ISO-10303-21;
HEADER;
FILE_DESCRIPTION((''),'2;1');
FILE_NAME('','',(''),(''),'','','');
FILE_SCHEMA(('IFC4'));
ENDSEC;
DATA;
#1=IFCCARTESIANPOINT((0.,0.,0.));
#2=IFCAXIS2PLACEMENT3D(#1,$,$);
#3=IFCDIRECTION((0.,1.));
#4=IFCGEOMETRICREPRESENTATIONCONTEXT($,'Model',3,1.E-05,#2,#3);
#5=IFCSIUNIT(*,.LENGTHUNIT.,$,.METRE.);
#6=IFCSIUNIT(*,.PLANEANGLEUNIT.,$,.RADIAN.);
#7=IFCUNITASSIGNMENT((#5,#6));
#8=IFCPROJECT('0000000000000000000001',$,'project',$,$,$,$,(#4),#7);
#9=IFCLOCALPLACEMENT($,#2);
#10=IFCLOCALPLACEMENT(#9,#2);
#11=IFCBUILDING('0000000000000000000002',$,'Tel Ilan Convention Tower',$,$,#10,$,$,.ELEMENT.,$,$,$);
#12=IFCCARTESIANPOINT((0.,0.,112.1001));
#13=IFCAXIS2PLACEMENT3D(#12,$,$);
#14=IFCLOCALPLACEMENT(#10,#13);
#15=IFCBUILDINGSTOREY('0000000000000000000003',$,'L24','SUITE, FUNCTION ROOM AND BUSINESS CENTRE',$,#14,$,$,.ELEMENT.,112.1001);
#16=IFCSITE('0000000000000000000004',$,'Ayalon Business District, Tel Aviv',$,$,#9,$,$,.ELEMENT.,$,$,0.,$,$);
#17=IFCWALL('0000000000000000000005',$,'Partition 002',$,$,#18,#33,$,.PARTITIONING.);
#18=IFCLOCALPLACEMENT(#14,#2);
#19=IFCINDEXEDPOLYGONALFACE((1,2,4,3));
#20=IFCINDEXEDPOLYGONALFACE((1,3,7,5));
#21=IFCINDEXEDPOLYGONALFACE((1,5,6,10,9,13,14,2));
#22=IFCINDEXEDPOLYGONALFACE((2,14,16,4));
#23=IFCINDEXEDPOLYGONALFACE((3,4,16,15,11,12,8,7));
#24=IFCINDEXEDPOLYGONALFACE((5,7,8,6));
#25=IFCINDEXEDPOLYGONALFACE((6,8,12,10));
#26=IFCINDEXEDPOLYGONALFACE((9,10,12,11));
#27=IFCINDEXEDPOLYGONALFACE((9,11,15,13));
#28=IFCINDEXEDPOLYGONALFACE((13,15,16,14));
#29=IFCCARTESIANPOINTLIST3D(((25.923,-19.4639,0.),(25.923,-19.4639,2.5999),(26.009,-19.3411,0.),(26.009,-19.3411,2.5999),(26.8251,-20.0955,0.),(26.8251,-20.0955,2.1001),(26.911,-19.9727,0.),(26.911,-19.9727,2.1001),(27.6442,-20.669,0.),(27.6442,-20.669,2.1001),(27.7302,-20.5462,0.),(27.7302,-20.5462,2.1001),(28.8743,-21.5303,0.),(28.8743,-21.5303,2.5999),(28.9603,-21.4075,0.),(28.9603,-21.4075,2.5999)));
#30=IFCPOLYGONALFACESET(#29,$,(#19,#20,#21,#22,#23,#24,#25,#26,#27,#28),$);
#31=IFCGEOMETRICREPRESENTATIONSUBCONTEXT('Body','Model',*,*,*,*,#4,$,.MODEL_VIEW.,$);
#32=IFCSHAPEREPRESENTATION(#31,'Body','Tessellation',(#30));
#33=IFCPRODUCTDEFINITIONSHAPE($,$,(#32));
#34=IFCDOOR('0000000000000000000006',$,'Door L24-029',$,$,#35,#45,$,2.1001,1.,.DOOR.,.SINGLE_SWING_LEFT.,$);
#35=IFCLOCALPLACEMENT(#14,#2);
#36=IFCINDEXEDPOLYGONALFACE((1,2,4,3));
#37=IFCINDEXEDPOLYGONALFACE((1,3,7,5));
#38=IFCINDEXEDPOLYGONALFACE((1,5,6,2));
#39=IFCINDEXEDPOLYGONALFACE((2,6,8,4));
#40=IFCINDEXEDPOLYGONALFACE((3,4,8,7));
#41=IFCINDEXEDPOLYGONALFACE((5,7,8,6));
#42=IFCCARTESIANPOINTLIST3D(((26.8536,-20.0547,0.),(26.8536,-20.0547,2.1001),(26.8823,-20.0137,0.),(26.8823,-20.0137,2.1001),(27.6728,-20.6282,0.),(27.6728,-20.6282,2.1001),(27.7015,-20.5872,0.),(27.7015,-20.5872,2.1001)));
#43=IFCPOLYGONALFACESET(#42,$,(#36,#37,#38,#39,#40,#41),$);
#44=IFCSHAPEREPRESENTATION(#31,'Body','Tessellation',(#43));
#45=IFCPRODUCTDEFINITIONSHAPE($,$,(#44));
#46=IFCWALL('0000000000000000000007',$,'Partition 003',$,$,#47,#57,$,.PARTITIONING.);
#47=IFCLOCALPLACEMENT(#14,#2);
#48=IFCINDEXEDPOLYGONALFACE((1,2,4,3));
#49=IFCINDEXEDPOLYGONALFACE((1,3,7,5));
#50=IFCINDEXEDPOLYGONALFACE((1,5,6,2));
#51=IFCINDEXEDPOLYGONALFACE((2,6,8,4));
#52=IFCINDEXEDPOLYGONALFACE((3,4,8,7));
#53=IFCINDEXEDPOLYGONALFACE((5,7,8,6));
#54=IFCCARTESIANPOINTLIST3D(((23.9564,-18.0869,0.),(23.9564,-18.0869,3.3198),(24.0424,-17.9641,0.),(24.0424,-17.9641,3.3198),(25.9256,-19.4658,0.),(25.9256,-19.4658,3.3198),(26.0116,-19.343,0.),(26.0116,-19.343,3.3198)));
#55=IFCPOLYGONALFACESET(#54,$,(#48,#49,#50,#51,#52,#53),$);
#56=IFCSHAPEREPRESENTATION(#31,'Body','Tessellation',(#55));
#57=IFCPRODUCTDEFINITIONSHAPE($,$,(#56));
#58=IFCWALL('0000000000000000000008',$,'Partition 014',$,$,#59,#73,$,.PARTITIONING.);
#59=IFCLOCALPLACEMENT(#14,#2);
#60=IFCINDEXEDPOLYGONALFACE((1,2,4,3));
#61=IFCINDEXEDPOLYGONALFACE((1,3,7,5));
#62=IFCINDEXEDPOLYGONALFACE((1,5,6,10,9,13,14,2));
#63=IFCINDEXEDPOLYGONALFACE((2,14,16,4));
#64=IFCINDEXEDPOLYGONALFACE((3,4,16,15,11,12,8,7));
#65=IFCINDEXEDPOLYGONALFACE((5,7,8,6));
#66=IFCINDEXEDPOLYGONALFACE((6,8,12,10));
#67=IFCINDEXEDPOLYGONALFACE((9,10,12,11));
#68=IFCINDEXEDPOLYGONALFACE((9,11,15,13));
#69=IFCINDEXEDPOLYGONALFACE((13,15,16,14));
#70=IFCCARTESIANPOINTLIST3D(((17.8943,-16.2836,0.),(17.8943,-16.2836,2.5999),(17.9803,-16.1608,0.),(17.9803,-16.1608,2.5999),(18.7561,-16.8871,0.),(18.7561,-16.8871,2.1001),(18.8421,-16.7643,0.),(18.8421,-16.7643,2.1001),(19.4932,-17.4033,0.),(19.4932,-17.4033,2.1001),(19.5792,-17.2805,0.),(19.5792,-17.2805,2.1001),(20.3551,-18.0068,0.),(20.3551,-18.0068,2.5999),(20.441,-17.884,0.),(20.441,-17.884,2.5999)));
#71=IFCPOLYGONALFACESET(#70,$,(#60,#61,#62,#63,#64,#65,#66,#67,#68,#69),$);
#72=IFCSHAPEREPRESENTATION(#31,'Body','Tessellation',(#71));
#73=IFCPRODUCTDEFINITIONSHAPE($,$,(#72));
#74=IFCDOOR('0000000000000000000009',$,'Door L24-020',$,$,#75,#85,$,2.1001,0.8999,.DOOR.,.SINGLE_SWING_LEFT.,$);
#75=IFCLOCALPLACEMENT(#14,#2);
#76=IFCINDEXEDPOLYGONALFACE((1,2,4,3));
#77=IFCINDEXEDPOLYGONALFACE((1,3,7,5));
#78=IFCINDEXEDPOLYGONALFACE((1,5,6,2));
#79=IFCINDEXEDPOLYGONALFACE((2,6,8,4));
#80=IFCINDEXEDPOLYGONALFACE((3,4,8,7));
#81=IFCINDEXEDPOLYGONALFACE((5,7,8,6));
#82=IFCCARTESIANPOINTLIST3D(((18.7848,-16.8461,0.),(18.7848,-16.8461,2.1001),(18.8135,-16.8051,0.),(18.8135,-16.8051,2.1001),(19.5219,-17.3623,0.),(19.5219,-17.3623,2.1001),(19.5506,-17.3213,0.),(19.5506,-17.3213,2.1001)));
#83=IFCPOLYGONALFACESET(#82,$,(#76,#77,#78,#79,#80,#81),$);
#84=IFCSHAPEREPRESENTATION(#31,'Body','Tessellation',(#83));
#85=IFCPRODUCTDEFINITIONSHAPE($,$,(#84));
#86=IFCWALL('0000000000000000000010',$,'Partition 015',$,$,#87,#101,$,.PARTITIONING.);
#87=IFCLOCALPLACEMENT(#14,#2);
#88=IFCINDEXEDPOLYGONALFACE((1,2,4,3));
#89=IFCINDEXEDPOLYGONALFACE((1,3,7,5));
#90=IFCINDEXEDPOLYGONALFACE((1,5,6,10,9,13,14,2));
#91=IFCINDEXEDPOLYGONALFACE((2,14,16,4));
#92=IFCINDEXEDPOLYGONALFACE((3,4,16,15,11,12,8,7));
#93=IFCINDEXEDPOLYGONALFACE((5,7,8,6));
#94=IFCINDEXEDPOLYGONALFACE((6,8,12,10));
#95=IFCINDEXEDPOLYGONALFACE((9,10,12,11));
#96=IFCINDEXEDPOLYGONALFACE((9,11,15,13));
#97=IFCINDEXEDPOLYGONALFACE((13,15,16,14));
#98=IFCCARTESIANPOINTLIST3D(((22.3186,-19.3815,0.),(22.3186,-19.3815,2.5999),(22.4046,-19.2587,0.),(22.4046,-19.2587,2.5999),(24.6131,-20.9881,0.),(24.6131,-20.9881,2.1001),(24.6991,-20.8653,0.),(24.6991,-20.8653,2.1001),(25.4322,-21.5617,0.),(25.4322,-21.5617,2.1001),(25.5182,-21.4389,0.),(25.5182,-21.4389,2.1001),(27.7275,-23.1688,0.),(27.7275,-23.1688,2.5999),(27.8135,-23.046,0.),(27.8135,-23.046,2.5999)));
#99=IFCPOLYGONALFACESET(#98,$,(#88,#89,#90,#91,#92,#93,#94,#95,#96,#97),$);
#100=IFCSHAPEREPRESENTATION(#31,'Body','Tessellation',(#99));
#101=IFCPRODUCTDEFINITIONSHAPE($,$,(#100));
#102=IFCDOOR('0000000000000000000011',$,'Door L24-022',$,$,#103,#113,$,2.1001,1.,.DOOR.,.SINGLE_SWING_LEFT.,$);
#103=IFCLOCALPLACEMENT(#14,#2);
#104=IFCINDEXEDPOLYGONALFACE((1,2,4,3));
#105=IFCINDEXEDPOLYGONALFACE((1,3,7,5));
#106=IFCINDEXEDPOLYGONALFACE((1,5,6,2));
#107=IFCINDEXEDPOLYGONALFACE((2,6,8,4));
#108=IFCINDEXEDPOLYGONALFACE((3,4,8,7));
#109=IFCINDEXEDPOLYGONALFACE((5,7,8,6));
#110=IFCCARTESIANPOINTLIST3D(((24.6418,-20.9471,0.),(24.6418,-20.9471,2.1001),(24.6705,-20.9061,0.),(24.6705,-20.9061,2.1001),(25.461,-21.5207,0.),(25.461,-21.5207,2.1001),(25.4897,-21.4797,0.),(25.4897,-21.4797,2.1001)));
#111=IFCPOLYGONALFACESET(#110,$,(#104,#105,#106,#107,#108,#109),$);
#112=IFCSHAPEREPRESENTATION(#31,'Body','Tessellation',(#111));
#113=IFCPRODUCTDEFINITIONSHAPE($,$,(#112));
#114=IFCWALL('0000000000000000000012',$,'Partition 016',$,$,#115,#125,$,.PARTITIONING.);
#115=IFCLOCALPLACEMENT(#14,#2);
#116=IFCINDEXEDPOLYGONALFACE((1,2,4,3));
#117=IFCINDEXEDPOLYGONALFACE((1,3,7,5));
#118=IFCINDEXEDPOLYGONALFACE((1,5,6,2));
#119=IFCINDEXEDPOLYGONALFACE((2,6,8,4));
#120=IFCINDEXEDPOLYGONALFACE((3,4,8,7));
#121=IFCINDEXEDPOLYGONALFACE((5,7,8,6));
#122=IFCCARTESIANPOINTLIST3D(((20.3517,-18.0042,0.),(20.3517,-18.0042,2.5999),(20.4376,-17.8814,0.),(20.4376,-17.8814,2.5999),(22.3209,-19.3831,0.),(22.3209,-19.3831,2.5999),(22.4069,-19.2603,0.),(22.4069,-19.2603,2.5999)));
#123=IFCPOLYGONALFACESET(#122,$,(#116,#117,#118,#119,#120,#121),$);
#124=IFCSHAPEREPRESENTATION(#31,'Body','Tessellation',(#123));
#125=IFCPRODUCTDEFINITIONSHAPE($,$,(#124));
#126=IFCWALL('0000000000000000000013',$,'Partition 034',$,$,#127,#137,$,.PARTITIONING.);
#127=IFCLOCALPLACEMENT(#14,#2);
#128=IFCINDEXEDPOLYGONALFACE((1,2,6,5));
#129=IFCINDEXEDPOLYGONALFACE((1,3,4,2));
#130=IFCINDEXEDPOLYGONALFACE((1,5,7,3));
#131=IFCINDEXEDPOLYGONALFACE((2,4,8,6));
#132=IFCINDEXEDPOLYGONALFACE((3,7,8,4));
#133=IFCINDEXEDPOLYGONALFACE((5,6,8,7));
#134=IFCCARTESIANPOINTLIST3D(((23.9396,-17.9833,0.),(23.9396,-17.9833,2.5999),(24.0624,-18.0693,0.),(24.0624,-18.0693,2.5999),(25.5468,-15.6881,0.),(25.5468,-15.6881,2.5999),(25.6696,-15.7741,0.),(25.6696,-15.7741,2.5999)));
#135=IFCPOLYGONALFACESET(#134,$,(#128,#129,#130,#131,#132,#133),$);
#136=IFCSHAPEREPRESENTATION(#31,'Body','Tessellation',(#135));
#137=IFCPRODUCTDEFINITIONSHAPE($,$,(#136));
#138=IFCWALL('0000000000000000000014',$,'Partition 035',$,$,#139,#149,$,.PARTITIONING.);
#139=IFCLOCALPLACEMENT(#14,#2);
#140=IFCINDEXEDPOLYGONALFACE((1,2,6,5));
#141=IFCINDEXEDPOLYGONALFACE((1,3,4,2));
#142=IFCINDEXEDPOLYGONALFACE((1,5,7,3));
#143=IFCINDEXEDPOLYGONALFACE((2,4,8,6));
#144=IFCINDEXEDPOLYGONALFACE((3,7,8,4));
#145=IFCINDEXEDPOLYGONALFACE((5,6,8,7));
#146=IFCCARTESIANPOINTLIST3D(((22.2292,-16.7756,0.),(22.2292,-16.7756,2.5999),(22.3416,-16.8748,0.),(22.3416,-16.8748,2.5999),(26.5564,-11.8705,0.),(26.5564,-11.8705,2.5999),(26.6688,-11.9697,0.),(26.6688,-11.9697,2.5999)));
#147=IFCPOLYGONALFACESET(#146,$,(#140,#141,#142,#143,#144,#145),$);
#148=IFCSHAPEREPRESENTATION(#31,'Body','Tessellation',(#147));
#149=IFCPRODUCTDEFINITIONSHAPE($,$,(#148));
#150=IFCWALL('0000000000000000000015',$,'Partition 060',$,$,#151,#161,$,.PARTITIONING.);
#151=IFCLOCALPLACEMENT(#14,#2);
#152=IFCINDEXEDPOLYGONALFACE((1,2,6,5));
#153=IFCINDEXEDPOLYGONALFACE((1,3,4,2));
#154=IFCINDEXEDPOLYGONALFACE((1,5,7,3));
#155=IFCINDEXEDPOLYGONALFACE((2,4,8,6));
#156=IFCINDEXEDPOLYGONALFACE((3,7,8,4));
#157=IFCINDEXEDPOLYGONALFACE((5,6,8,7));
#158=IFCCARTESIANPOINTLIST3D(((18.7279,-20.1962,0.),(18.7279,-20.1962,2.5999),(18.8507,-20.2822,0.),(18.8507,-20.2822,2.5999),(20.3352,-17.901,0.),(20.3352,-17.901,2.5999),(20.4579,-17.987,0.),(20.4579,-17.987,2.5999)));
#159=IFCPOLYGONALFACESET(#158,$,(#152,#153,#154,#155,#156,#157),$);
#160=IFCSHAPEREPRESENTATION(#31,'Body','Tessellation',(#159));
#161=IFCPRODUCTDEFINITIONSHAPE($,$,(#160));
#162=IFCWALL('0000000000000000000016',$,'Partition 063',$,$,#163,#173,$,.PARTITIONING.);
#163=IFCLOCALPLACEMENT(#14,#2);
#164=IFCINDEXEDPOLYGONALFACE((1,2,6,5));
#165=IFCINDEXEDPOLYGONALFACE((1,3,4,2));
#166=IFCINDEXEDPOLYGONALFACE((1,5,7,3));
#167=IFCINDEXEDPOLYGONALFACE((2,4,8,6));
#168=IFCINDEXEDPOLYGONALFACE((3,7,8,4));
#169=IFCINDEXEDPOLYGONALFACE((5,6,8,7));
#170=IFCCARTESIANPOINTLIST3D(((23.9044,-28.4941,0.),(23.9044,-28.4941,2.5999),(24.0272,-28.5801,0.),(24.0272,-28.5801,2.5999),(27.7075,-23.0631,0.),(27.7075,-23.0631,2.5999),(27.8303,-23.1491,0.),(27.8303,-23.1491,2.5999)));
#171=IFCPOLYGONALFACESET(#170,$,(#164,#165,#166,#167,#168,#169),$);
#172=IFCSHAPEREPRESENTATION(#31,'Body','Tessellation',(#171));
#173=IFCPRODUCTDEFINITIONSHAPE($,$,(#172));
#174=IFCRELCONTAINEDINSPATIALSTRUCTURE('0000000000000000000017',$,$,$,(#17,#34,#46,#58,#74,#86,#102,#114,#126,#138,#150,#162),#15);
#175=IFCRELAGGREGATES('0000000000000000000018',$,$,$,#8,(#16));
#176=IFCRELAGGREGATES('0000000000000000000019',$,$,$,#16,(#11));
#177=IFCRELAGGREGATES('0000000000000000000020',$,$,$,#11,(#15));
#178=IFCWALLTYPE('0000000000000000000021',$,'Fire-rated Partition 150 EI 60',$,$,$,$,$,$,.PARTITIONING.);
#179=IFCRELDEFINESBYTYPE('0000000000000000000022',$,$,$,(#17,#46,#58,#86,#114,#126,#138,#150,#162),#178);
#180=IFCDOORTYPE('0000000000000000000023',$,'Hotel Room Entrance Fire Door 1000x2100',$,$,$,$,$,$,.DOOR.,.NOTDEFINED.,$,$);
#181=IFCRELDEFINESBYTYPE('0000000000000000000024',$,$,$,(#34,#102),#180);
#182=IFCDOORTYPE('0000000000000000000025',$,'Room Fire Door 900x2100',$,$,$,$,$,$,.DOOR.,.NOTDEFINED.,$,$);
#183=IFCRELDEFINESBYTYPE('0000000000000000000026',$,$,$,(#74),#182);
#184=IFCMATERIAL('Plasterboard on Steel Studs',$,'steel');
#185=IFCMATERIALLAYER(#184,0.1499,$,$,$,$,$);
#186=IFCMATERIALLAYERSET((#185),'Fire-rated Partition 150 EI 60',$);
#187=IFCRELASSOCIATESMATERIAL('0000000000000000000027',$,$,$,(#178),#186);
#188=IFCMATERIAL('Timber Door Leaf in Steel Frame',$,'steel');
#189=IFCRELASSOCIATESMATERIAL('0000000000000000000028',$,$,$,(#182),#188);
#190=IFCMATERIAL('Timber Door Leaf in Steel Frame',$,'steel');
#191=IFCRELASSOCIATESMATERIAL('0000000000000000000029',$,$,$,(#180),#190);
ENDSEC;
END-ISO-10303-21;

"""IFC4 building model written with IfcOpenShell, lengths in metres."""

from ifc_helpers import new_model, si_unit, direction, frame, frame_2d, origin, place, context, subcontext, project, spatial, rectangle, extrude, material, layer, layer_set, type_object, element, fill, save


model = new_model("IFC4")

# Units and contexts
model_context = context("Model", 3, precision=1e-05, world=origin(), true_north=direction((0.0, 1.0)))
body_context = subcontext(model_context, "Body", "Model", "MODEL_VIEW")
ifc_project = project(units=[si_unit("LENGTHUNIT", "METRE"), si_unit("PLANEANGLEUNIT", "RADIAN")], contexts=[model_context])

# Site, building, storey
site_placement = place(None, origin())
site = spatial("IfcSite", under=ifc_project, at=site_placement, Name="Ayalon Business District, Tel Aviv", CompositionType="ELEMENT", RefElevation=0.0)
building_placement = place(site_placement, origin())
building = spatial("IfcBuilding", under=site, at=building_placement, Name="Tel Ilan Convention Tower", CompositionType="ELEMENT")
storey_placement = place(building_placement, frame((0.0, 0.0, 112.1001)))
storey = spatial("IfcBuildingStorey", under=building, at=storey_placement, Name="L24", Description="SUITE, FUNCTION ROOM AND BUSINESS CENTRE", CompositionType="ELEMENT", Elevation=112.1001)

# Wall, opening, door
ifc_material_1 = material(Name="Plasterboard on Steel Studs", Category="steel")
ifc_layer_1 = layer(ifc_material_1, 0.1499)
ifc_layer_set_1 = layer_set([ifc_layer_1], Name="Fire-rated Partition 150 EI 60")
wall_type_1 = type_object("IfcWallType", Name="Fire-rated Partition 150 EI 60", PredefinedType="PARTITIONING", material=ifc_layer_set_1)
ifc_material_2 = material(Name="Timber Door Leaf in Steel Frame", Category="steel")
door_type_1 = type_object("IfcDoorType", Name="Room Fire Door 900x2100", OperationType="NOTDEFINED", PredefinedType="DOOR", material=ifc_material_2)
wall_1_placement = place(storey_placement, frame((25.9661, -19.4026, 0.0), z_axis=(0.0, 0.0, 1.0), x_axis=(0.819178, -0.57354, 0.0)))
wall_1 = element("IfcWall", 1, at=wall_1_placement, inside=storey, type_object=wall_type_1, Name="Partition 002", PredefinedType="PARTITIONING", context=body_context, shape_type="SweptSolid", body=[
    extrude(rectangle(XDim=3.6028, YDim=0.1499, at=frame_2d((1.8013, 0.0))), origin(), (0.0, 0.0, 1.0), 2.5999),
])
opening_1_placement = place(wall_1_placement, frame((1.1011, 0.0, 0.0)))
opening_1 = element("IfcOpeningElement", 2, at=opening_1_placement, cuts=wall_1, PredefinedType="OPENING", context=body_context, shape_type="SweptSolid", body=[
    extrude(rectangle(XDim=1.0, YDim=2.1001, at=frame_2d((0.5, 1.05))), frame((0.0, 0.085, 0.0), z_axis=(0.0, -1.0, 0.0), x_axis=(1.0, 0.0, 0.0)), (0.0, 0.0, 1.0), 0.1699),
])
ifc_material_3 = material(Name="Timber Door Leaf in Steel Frame", Category="steel")
door_type_2 = type_object("IfcDoorType", Name="Hotel Room Entrance Fire Door 1000x2100", OperationType="NOTDEFINED", PredefinedType="DOOR", material=ifc_material_3)
door_1_placement = place(opening_1_placement, origin())
door_1 = element("IfcDoor", 3, at=door_1_placement, inside=storey, type_object=door_type_2, Name="Door L24-029", OperationType="SINGLE_SWING_LEFT", OverallHeight=2.1001, OverallWidth=1.0, PredefinedType="DOOR", context=body_context, shape_type="SweptSolid", body=[
    extrude(rectangle(XDim=1.0, YDim=2.1001, at=frame_2d((0.5, 1.05))), frame((0.0, 0.0249, 0.0), z_axis=(0.0, -1.0, 0.0), x_axis=(1.0, 0.0, 0.0)), (0.0, 0.0, 1.0), 0.05),
])
fill(opening_1, door_1)

# Wall
wall_2_placement = place(storey_placement, frame((23.9993, -18.0254, 0.0), z_axis=(0.0, 0.0, 1.0), x_axis=(0.819146, -0.573585, 0.0)))
element("IfcWall", 4, at=wall_2_placement, inside=storey, type_object=wall_type_1, Name="Partition 003", PredefinedType="PARTITIONING", context=body_context, shape_type="SweptSolid", body=[
    extrude(rectangle(XDim=2.4041, YDim=0.1499, at=frame_2d((1.2021, 0.0))), origin(), (0.0, 0.0, 1.0), 3.3198),
])

# Walls, openings, doors
wall_3_placement = place(storey_placement, frame((20.3979, -17.9453, 0.0), z_axis=(0.0, 0.0, 1.0), x_axis=(-0.819129, 0.57361, 0.0)))
wall_3 = element("IfcWall", 5, at=wall_3_placement, inside=storey, type_object=wall_type_1, Name="Partition 014", PredefinedType="PARTITIONING", context=body_context, shape_type="SweptSolid", body=[
    extrude(rectangle(XDim=3.0042, YDim=0.1499, at=frame_2d((1.502, 0.0))), origin(), (0.0, 0.0, 1.0), 2.5999),
])
opening_2_placement = place(wall_3_placement, frame((1.052, 0.0, 0.0)))
opening_2 = element("IfcOpeningElement", 6, at=opening_2_placement, cuts=wall_3, PredefinedType="OPENING", context=body_context, shape_type="SweptSolid", body=[
    extrude(rectangle(XDim=0.8999, YDim=2.1001, at=frame_2d((0.45, 1.05))), frame((0.0, 0.085, 0.0), z_axis=(0.0, -1.0, 0.0), x_axis=(1.0, 0.0, 0.0)), (0.0, 0.0, 1.0), 0.1699),
])
door_2_placement = place(opening_2_placement, origin())
door_2 = element("IfcDoor", 7, at=door_2_placement, inside=storey, type_object=door_type_1, Name="Door L24-020", OperationType="SINGLE_SWING_LEFT", OverallHeight=2.1001, OverallWidth=0.8999, PredefinedType="DOOR", context=body_context, shape_type="SweptSolid", body=[
    extrude(rectangle(XDim=0.8999, YDim=2.1001, at=frame_2d((0.45, 1.05))), frame((0.0, 0.0249, 0.0), z_axis=(0.0, -1.0, 0.0), x_axis=(1.0, 0.0, 0.0)), (0.0, 0.0, 1.0), 0.05),
])
fill(opening_2, door_2)
wall_4_placement = place(storey_placement, frame((27.7705, -23.1074, 0.0), z_axis=(0.0, 0.0, 1.0), x_axis=(-0.819154, 0.573574, 0.0)))
wall_4 = element("IfcWall", 8, at=wall_4_placement, inside=storey, type_object=wall_type_1, Name="Partition 015", PredefinedType="PARTITIONING", context=body_context, shape_type="SweptSolid", body=[
    extrude(rectangle(XDim=6.603, YDim=0.1499, at=frame_2d((3.3015, 0.0))), origin(), (0.0, 0.0, 1.0), 2.5999),
])
opening_3_placement = place(wall_4_placement, frame((2.802, 0.0, 0.0)))
opening_3 = element("IfcOpeningElement", 9, at=opening_3_placement, cuts=wall_4, PredefinedType="OPENING", context=body_context, shape_type="SweptSolid", body=[
    extrude(rectangle(XDim=1.0, YDim=2.1001, at=frame_2d((0.5, 1.05))), frame((0.0, 0.085, 0.0), z_axis=(0.0, -1.0, 0.0), x_axis=(1.0, 0.0, 0.0)), (0.0, 0.0, 1.0), 0.1699),
])
door_3_placement = place(opening_3_placement, origin())
door_3 = element("IfcDoor", 10, at=door_3_placement, inside=storey, type_object=door_type_2, Name="Door L24-022", OperationType="SINGLE_SWING_LEFT", OverallHeight=2.1001, OverallWidth=1.0, PredefinedType="DOOR", context=body_context, shape_type="SweptSolid", body=[
    extrude(rectangle(XDim=1.0, YDim=2.1001, at=frame_2d((0.5, 1.05))), frame((0.0, 0.0249, 0.0), z_axis=(0.0, -1.0, 0.0), x_axis=(1.0, 0.0, 0.0)), (0.0, 0.0, 1.0), 0.05),
])
fill(opening_3, door_3)

# Walls
wall_5_placement = place(storey_placement, frame((22.364, -19.3218, 0.0), z_axis=(0.0, 0.0, 1.0), x_axis=(-0.819146, 0.573585, 0.0)))
element("IfcWall", 11, at=wall_5_placement, inside=storey, type_object=wall_type_1, Name="Partition 016", PredefinedType="PARTITIONING", context=body_context, shape_type="SweptSolid", body=[
    extrude(rectangle(XDim=2.4041, YDim=0.1499, at=frame_2d((1.2021, 0.0))), origin(), (0.0, 0.0, 1.0), 2.5999),
])
wall_6_placement = place(storey_placement, frame((25.6082, -15.7312, 0.0), z_axis=(0.0, 0.0, 1.0), x_axis=(-0.573597, -0.819138, 0.0)))
element("IfcWall", 12, at=wall_6_placement, inside=storey, type_object=wall_type_1, Name="Partition 034", PredefinedType="PARTITIONING", context=body_context, shape_type="SweptSolid", body=[
    extrude(rectangle(XDim=2.802, YDim=0.1499, at=frame_2d((1.4009, 0.0))), origin(), (0.0, 0.0, 1.0), 2.5999),
])
wall_7_placement = place(storey_placement, frame((22.2854, -16.8252, 0.0), z_axis=(0.0, 0.0, 1.0), x_axis=(0.661551, 0.7499, 0.0)))
element("IfcWall", 13, at=wall_7_placement, inside=storey, type_object=wall_type_1, Name="Partition 035", PredefinedType="PARTITIONING", context=body_context, shape_type="SweptSolid", body=[
    extrude(rectangle(XDim=6.541, YDim=0.1499, at=frame_2d((3.2705, 0.0))), origin(), (0.0, 0.0, 1.0), 2.5999),
])
wall_8_placement = place(storey_placement, frame((20.3965, -17.9441, 0.0), z_axis=(0.0, 0.0, 1.0), x_axis=(-0.573597, -0.819138, 0.0)))
element("IfcWall", 14, at=wall_8_placement, inside=storey, type_object=wall_type_1, Name="Partition 060", PredefinedType="PARTITIONING", context=body_context, shape_type="SweptSolid", body=[
    extrude(rectangle(XDim=2.802, YDim=0.1499, at=frame_2d((1.4009, 0.0))), origin(), (0.0, 0.0, 1.0), 2.5999),
])
wall_9_placement = place(storey_placement, frame((27.7688, -23.1062, 0.0), z_axis=(0.0, 0.0, 1.0), x_axis=(-0.573598, -0.819137, 0.0)))
element("IfcWall", 15, at=wall_9_placement, inside=storey, type_object=wall_type_1, Name="Partition 063", PredefinedType="PARTITIONING", context=body_context, shape_type="SweptSolid", body=[
    extrude(rectangle(XDim=6.6301, YDim=0.1499, at=frame_2d((3.3149, 0.0))), origin(), (0.0, 0.0, 1.0), 2.5999),
])

save(model, "model.ifc")
